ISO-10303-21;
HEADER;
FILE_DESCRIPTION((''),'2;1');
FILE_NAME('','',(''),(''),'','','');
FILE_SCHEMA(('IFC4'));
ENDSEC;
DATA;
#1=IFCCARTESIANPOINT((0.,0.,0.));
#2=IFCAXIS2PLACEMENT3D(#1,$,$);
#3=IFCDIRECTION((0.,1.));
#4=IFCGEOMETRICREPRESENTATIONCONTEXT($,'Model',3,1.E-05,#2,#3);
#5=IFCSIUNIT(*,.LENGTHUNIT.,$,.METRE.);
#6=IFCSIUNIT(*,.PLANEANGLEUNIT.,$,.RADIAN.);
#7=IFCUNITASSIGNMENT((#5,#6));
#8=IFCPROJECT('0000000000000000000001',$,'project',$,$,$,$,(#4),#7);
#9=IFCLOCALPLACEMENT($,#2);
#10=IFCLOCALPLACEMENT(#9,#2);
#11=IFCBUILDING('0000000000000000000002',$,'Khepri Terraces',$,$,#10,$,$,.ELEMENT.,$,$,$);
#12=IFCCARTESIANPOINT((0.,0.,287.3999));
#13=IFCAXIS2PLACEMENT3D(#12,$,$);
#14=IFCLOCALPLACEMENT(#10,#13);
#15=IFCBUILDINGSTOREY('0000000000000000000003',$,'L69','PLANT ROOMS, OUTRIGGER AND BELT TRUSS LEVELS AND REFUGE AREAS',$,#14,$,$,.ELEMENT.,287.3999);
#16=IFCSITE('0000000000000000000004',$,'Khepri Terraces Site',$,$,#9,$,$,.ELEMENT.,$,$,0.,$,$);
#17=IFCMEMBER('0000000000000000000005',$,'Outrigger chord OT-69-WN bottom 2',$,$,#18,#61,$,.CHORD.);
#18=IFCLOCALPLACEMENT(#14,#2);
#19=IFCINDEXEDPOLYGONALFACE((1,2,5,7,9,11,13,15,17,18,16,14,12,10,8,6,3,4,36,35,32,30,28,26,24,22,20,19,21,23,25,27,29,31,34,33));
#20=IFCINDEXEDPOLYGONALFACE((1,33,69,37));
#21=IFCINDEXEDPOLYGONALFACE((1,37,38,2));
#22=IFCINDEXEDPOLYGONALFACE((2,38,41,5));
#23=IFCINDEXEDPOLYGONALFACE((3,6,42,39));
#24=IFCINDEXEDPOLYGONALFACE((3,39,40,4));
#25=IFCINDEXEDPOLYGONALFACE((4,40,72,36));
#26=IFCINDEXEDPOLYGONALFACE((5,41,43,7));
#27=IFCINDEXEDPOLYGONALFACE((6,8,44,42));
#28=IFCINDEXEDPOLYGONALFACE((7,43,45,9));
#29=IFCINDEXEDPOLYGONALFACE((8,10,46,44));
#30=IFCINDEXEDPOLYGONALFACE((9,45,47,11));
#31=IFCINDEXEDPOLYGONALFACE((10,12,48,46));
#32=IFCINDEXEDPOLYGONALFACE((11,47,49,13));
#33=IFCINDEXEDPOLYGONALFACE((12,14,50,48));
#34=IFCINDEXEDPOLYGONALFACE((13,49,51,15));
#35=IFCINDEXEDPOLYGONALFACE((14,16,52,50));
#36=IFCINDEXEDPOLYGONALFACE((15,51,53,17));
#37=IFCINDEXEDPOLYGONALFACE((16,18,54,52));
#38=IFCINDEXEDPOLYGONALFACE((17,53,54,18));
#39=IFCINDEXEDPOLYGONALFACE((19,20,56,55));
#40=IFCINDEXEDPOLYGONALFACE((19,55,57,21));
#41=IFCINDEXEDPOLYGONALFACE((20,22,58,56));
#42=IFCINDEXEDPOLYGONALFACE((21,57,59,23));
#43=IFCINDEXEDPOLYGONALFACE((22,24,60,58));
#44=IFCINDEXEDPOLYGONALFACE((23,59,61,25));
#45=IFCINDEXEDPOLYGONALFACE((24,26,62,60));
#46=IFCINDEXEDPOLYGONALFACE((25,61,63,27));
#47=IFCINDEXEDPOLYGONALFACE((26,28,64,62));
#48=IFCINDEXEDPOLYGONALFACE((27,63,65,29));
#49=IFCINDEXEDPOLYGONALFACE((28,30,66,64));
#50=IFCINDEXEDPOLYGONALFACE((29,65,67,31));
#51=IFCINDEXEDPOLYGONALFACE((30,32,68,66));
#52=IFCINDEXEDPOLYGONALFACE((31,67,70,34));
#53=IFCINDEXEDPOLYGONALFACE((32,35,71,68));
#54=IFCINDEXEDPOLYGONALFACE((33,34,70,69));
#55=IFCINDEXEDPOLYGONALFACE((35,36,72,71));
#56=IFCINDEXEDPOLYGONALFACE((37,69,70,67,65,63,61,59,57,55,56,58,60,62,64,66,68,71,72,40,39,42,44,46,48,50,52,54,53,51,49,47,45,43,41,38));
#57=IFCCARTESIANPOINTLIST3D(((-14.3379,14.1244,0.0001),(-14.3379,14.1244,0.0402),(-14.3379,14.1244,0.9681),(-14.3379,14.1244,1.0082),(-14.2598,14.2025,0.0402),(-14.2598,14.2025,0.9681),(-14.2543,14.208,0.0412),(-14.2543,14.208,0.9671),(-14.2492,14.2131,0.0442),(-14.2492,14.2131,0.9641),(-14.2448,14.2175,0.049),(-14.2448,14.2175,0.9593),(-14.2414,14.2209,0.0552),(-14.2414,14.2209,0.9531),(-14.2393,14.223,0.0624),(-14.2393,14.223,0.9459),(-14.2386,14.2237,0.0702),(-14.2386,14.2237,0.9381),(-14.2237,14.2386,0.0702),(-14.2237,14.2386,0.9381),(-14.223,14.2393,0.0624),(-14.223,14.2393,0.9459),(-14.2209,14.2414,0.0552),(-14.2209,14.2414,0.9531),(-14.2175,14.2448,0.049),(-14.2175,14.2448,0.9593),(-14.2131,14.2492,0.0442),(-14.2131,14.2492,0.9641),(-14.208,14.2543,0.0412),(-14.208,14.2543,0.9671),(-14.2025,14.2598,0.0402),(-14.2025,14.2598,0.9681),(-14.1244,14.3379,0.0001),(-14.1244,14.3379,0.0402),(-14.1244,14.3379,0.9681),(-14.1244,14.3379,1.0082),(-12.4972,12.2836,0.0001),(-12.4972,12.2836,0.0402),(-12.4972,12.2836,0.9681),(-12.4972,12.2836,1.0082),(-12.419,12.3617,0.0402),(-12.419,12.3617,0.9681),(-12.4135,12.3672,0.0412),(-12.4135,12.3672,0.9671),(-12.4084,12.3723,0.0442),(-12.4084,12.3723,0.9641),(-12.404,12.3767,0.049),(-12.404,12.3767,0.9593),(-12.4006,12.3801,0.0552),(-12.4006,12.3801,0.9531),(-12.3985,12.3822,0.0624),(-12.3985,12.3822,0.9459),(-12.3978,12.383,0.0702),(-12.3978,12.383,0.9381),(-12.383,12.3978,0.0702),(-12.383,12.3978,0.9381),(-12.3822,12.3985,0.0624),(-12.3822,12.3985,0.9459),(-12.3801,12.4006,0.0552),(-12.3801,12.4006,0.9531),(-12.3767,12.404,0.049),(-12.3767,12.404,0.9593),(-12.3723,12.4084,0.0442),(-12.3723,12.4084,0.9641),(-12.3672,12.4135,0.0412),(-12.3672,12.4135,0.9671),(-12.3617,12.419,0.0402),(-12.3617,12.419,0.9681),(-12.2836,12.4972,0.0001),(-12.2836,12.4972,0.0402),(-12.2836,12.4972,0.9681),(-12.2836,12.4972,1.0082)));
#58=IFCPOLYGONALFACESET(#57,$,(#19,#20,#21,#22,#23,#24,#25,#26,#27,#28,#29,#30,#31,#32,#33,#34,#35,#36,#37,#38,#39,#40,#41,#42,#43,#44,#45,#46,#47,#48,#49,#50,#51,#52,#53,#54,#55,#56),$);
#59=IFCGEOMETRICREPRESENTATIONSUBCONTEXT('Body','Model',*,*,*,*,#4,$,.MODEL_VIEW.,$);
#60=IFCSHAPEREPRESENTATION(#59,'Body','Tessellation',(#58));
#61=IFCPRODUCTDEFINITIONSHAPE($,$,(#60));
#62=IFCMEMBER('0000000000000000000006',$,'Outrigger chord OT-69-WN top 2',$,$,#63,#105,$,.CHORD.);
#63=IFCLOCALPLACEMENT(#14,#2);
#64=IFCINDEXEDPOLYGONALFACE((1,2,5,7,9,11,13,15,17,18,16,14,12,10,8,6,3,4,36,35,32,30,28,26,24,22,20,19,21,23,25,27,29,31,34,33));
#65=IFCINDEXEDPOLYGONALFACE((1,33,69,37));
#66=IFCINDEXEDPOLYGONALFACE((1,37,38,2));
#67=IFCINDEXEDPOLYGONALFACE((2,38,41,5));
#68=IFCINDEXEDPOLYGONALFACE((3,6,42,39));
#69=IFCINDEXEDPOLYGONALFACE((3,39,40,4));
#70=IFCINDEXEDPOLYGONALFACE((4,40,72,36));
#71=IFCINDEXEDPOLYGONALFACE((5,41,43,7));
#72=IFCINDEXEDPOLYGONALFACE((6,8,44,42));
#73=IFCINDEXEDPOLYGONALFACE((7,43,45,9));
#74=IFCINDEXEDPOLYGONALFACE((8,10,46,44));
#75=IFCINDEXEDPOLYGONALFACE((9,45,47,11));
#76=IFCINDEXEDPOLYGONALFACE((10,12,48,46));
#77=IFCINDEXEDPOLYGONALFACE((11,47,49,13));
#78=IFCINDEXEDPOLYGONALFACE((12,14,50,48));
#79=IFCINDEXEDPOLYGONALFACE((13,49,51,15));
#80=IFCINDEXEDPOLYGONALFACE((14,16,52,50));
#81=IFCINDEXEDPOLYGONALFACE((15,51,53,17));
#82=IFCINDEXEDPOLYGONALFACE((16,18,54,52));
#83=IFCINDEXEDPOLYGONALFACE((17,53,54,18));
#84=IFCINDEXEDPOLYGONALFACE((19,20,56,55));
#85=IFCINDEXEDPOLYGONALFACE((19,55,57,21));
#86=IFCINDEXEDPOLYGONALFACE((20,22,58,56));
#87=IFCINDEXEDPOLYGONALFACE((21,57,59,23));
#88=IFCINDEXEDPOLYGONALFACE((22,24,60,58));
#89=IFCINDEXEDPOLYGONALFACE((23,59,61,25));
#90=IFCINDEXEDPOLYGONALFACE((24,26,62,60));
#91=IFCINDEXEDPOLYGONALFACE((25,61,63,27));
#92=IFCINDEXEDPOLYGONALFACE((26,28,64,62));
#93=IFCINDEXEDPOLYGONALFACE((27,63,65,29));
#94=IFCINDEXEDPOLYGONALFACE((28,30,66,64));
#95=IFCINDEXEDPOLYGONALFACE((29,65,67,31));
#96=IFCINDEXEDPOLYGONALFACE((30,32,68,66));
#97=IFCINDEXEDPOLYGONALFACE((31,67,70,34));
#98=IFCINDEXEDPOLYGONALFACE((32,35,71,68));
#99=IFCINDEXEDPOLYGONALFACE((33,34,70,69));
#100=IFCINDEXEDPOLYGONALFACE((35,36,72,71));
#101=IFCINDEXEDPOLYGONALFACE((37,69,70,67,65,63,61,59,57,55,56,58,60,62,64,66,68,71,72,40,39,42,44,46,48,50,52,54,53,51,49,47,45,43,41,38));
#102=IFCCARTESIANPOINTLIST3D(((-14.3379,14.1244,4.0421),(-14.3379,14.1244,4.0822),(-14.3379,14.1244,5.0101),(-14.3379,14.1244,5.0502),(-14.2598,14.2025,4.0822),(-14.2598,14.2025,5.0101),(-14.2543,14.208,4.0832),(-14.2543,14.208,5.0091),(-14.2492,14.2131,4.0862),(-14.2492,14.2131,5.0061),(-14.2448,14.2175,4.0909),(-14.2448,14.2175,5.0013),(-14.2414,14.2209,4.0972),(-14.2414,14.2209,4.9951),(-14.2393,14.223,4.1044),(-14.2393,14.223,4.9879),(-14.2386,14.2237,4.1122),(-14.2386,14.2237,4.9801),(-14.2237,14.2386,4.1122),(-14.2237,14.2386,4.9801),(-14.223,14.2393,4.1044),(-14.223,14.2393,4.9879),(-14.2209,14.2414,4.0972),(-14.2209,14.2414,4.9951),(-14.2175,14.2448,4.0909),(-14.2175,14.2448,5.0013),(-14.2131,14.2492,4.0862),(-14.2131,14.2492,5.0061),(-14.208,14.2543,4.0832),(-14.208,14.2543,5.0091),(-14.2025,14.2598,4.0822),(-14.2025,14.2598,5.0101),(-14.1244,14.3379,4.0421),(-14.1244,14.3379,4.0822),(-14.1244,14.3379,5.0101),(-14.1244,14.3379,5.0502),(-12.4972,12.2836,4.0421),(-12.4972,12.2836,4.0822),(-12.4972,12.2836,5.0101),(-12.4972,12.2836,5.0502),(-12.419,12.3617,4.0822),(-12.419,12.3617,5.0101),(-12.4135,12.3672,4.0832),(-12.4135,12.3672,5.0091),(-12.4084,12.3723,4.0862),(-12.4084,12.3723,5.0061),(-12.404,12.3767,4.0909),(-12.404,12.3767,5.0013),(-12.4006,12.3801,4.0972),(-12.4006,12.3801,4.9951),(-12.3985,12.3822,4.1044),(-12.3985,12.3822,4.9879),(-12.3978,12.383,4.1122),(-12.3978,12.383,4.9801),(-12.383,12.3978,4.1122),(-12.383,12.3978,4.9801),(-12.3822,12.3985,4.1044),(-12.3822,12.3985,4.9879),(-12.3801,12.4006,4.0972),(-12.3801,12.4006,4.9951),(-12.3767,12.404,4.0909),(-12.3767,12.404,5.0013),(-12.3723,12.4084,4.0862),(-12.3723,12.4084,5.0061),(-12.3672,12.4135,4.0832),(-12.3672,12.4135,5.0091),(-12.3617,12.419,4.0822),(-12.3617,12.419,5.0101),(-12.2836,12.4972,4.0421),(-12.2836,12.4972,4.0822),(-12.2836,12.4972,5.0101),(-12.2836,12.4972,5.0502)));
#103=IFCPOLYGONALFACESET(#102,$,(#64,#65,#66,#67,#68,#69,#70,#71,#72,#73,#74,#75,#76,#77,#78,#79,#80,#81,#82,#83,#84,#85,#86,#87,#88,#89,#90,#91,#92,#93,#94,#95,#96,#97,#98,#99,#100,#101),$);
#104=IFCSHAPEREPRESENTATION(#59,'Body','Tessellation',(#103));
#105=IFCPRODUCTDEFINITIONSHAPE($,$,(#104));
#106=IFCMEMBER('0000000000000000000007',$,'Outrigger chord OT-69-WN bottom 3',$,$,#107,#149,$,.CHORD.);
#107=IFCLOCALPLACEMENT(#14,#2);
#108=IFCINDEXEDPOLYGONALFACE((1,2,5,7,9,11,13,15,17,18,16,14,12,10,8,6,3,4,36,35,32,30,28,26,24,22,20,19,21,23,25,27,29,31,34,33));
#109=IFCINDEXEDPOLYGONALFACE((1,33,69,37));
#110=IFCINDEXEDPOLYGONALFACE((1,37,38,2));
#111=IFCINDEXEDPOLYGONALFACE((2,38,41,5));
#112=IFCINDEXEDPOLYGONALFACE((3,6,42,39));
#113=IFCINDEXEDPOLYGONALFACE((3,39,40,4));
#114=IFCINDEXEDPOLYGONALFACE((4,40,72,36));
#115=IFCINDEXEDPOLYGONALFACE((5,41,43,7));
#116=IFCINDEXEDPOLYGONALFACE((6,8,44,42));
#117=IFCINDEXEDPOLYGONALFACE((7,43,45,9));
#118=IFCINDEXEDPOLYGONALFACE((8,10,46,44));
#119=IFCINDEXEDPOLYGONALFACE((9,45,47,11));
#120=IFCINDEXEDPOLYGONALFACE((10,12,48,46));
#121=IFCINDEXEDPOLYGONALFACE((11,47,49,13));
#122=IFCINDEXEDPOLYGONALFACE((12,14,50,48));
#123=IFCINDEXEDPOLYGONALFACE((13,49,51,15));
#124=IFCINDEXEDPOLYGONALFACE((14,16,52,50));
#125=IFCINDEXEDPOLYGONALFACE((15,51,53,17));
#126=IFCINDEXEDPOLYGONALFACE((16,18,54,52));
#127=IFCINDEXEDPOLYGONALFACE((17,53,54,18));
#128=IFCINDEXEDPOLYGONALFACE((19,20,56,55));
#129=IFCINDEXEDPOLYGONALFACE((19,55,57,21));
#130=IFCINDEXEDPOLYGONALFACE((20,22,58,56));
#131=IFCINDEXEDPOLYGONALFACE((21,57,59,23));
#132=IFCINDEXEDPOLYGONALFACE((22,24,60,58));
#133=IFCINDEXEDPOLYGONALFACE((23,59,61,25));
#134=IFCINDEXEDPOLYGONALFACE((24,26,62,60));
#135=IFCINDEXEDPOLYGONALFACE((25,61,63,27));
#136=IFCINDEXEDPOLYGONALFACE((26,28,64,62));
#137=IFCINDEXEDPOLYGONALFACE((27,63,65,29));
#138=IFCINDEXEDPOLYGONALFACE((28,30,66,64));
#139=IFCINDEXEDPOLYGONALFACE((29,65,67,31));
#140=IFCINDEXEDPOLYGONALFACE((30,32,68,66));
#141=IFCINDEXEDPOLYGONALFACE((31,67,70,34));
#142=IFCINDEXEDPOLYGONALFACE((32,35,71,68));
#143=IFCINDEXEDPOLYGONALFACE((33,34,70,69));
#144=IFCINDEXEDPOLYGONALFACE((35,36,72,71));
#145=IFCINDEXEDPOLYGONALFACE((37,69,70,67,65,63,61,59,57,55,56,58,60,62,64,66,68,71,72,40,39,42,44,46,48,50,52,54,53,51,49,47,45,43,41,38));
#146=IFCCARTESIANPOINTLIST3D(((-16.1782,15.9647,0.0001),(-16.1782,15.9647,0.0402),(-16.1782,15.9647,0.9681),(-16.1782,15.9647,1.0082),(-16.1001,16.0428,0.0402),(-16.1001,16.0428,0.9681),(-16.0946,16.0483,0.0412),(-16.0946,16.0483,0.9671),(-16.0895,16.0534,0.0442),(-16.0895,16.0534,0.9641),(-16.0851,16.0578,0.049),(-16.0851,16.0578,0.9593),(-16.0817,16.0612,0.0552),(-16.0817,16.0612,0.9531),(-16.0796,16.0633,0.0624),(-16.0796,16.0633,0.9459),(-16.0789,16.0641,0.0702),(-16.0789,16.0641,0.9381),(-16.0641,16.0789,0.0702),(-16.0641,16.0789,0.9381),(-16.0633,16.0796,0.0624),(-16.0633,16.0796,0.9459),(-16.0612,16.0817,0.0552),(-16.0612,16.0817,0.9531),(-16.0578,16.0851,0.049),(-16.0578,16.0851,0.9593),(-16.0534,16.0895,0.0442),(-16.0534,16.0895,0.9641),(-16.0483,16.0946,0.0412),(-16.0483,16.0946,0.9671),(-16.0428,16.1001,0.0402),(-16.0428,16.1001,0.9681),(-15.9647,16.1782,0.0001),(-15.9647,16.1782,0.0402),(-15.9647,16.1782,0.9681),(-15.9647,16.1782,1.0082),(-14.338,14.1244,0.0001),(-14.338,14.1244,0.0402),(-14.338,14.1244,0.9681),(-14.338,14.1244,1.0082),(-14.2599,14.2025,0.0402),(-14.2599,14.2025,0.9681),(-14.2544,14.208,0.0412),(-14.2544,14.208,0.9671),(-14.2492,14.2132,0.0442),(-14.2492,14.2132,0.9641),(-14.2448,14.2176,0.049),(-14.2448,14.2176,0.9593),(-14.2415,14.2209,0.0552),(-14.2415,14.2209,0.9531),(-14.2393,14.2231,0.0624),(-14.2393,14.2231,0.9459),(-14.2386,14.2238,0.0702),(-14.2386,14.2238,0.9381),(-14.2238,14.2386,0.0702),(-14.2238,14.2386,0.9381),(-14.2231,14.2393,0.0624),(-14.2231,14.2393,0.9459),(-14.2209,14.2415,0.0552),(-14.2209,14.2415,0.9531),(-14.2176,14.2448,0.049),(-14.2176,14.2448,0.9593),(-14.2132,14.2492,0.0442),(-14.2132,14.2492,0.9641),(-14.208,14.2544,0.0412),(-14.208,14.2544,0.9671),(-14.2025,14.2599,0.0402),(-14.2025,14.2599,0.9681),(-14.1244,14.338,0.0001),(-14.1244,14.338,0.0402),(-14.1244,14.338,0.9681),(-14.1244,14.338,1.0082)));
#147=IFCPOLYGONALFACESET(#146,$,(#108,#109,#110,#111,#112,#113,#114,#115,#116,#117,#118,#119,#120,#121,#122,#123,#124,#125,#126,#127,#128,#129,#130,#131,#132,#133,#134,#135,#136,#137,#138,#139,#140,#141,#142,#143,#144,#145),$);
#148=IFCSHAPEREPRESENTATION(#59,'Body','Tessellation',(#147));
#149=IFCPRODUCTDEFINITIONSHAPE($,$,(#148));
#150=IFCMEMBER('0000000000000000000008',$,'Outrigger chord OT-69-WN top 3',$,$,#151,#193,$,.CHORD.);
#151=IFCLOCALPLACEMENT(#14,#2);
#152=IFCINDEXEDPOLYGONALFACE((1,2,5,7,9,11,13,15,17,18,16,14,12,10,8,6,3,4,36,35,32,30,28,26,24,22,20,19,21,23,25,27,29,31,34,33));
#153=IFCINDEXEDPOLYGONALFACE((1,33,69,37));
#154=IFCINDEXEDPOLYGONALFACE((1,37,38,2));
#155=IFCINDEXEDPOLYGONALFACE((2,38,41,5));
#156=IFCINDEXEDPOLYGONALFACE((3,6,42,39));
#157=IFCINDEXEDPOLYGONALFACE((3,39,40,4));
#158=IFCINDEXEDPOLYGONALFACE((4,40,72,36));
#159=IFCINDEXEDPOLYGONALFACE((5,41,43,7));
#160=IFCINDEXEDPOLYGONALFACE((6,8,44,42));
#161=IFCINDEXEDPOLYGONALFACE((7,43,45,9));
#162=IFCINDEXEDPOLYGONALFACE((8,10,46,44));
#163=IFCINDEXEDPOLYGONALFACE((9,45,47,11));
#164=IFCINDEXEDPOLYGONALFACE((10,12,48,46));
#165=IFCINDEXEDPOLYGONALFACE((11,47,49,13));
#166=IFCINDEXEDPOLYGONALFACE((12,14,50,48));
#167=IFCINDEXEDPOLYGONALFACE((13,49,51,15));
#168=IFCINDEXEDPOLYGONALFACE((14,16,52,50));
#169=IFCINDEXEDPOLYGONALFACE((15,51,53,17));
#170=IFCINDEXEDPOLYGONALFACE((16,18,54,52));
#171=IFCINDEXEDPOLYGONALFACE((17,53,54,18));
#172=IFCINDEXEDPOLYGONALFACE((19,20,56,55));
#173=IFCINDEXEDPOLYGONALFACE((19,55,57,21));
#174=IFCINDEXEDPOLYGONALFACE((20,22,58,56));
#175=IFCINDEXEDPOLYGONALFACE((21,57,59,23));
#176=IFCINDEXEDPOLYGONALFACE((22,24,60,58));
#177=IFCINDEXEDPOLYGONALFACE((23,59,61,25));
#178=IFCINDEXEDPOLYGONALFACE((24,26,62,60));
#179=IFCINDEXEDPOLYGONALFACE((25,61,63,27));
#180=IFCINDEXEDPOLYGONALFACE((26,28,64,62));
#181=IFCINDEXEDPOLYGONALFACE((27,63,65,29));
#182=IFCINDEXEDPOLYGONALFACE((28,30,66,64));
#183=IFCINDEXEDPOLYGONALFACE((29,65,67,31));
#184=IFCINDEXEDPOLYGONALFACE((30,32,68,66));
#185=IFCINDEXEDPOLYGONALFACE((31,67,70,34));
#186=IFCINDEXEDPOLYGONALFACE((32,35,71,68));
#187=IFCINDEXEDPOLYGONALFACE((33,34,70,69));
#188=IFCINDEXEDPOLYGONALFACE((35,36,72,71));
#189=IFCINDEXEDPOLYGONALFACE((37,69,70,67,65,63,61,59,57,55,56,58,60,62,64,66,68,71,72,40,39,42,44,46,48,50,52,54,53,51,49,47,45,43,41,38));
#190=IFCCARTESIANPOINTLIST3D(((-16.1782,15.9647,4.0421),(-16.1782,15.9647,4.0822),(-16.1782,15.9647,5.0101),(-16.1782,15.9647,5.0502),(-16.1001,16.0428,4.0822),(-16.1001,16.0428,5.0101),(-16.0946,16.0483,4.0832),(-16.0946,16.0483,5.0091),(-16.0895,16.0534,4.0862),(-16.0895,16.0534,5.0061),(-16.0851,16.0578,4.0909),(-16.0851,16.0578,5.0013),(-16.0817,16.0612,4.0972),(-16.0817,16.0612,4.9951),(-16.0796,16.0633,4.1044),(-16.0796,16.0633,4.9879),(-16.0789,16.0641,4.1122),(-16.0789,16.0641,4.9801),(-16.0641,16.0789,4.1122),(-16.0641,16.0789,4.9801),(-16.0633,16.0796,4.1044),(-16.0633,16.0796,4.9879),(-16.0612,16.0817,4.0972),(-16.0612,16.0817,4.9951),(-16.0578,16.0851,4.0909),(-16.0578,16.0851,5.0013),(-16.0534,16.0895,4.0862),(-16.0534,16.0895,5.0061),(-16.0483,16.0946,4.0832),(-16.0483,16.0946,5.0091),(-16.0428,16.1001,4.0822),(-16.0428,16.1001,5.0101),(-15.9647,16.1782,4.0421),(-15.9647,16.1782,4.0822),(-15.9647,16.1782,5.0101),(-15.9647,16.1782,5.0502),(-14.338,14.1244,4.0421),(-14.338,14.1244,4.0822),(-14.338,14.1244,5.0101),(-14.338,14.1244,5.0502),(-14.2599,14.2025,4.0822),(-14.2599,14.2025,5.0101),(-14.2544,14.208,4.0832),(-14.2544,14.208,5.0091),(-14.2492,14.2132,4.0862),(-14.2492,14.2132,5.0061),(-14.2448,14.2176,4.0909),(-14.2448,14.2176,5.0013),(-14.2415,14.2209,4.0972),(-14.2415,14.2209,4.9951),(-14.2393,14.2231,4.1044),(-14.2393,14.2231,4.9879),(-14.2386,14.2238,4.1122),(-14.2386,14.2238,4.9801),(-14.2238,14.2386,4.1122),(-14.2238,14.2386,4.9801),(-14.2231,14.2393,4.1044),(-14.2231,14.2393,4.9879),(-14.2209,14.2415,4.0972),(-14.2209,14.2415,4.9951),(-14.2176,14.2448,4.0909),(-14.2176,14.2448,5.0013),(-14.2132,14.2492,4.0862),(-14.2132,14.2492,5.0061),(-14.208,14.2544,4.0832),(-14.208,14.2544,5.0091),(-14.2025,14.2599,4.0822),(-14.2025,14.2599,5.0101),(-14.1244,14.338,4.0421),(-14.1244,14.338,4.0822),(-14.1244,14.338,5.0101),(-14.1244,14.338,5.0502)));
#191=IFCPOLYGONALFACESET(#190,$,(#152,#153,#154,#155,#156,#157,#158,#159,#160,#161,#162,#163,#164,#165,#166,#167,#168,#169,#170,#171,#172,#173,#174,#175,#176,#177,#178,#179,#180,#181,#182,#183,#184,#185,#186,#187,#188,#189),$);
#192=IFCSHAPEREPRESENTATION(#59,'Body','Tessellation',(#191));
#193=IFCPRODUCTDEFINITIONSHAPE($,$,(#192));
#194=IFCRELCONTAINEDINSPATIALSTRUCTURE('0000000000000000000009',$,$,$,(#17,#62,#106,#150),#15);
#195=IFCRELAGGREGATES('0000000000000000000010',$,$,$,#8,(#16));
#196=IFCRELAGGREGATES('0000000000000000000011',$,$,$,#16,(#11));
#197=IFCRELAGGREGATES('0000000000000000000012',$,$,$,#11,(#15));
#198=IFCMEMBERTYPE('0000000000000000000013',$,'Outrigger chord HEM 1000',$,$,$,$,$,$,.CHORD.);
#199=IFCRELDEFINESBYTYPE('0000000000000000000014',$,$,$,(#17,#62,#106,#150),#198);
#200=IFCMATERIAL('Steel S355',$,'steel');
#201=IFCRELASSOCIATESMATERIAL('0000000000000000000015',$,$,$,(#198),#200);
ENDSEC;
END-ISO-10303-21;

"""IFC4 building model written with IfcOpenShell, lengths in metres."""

from ifc_helpers import new_model, si_unit, direction, frame, origin, origin_2d, place, context, subcontext, project, spatial, i_section, extrude, material, material_profile, profile_set, type_object, element, save


model = new_model("IFC4")

# Units and contexts
model_context = context("Model", 3, precision=1e-05, world=origin(), true_north=direction((0.0, 1.0)))
body_context = subcontext(model_context, "Body", "Model", "MODEL_VIEW")
ifc_project = project(units=[si_unit("LENGTHUNIT", "METRE"), si_unit("PLANEANGLEUNIT", "RADIAN")], contexts=[model_context])

# Site, building, storey
site_placement = place(None, origin())
site = spatial("IfcSite", under=ifc_project, at=site_placement, Name="Khepri Terraces Site", CompositionType="ELEMENT", RefElevation=0.0)
building_placement = place(site_placement, origin())
building = spatial("IfcBuilding", under=site, at=building_placement, Name="Khepri Terraces", CompositionType="ELEMENT")
storey_placement = place(building_placement, frame((0.0, 0.0, 287.3999)))
storey = spatial("IfcBuildingStorey", under=building, at=storey_placement, Name="L69", Description="PLANT ROOMS, OUTRIGGER AND BELT TRUSS LEVELS AND REFUGE AREAS", CompositionType="ELEMENT", Elevation=287.3999)

# Members
ifc_material_1 = material(Name="Steel S355", Category="steel")
ifc_material_profile_1 = material_profile(ifc_material_1, i_section(OverallWidth=0.302, OverallDepth=1.0081, WebThickness=0.021, FlangeThickness=0.04, FilletRadius=0.03, at=origin_2d()), Name="Steel S355", Category="steel")
ifc_profile_set_1 = profile_set([ifc_material_profile_1], Name="Steel S355")
member_type_1 = type_object("IfcMemberType", Name="Outrigger chord HEM 1000", PredefinedType="CHORD", material=ifc_profile_set_1)
for number, where, z_axis, x_axis, name in (
    (1, (-12.3904, 12.3904, 0.5042), (-0.707107, 0.707107, 0.0), (-0.707107, -0.707107, 0.0), "Outrigger chord OT-69-WN bottom 2"),
    (2, (-12.3904, 12.3904, 4.5461), (-0.707107, 0.707107, 0.0), (-0.707107, -0.707107, 0.0), "Outrigger chord OT-69-WN top 2"),
):
    element("IfcMember", number, at=place(storey_placement, frame(where, z_axis=z_axis, x_axis=x_axis)), inside=storey, type_object=member_type_1, Name=name, PredefinedType="CHORD", context=body_context, shape_type="SweptSolid", body=[
        extrude(i_section(OverallWidth=0.302, OverallDepth=1.0081, WebThickness=0.021, FlangeThickness=0.04, FilletRadius=0.03, at=origin_2d()), origin(), (0.0, 0.0, 1.0), 2.6033),
    ])
for number, where, z_axis, x_axis, name in (
    (3, (-14.2312, 14.2312, 0.5042), (-0.707107, 0.707107, 0.0), (-0.707107, -0.707107, 0.0), "Outrigger chord OT-69-WN bottom 3"),
    (4, (-14.2312, 14.2312, 4.5461), (-0.707107, 0.707107, 0.0), (-0.707107, -0.707107, 0.0), "Outrigger chord OT-69-WN top 3"),
):
    element("IfcMember", number, at=place(storey_placement, frame(where, z_axis=z_axis, x_axis=x_axis)), inside=storey, type_object=member_type_1, Name=name, PredefinedType="CHORD", context=body_context, shape_type="SweptSolid", body=[
        extrude(i_section(OverallWidth=0.302, OverallDepth=1.0081, WebThickness=0.021, FlangeThickness=0.04, FilletRadius=0.03, at=origin_2d()), origin(), (0.0, 0.0, 1.0), 2.6025),
    ])

save(model, "model.ifc")
